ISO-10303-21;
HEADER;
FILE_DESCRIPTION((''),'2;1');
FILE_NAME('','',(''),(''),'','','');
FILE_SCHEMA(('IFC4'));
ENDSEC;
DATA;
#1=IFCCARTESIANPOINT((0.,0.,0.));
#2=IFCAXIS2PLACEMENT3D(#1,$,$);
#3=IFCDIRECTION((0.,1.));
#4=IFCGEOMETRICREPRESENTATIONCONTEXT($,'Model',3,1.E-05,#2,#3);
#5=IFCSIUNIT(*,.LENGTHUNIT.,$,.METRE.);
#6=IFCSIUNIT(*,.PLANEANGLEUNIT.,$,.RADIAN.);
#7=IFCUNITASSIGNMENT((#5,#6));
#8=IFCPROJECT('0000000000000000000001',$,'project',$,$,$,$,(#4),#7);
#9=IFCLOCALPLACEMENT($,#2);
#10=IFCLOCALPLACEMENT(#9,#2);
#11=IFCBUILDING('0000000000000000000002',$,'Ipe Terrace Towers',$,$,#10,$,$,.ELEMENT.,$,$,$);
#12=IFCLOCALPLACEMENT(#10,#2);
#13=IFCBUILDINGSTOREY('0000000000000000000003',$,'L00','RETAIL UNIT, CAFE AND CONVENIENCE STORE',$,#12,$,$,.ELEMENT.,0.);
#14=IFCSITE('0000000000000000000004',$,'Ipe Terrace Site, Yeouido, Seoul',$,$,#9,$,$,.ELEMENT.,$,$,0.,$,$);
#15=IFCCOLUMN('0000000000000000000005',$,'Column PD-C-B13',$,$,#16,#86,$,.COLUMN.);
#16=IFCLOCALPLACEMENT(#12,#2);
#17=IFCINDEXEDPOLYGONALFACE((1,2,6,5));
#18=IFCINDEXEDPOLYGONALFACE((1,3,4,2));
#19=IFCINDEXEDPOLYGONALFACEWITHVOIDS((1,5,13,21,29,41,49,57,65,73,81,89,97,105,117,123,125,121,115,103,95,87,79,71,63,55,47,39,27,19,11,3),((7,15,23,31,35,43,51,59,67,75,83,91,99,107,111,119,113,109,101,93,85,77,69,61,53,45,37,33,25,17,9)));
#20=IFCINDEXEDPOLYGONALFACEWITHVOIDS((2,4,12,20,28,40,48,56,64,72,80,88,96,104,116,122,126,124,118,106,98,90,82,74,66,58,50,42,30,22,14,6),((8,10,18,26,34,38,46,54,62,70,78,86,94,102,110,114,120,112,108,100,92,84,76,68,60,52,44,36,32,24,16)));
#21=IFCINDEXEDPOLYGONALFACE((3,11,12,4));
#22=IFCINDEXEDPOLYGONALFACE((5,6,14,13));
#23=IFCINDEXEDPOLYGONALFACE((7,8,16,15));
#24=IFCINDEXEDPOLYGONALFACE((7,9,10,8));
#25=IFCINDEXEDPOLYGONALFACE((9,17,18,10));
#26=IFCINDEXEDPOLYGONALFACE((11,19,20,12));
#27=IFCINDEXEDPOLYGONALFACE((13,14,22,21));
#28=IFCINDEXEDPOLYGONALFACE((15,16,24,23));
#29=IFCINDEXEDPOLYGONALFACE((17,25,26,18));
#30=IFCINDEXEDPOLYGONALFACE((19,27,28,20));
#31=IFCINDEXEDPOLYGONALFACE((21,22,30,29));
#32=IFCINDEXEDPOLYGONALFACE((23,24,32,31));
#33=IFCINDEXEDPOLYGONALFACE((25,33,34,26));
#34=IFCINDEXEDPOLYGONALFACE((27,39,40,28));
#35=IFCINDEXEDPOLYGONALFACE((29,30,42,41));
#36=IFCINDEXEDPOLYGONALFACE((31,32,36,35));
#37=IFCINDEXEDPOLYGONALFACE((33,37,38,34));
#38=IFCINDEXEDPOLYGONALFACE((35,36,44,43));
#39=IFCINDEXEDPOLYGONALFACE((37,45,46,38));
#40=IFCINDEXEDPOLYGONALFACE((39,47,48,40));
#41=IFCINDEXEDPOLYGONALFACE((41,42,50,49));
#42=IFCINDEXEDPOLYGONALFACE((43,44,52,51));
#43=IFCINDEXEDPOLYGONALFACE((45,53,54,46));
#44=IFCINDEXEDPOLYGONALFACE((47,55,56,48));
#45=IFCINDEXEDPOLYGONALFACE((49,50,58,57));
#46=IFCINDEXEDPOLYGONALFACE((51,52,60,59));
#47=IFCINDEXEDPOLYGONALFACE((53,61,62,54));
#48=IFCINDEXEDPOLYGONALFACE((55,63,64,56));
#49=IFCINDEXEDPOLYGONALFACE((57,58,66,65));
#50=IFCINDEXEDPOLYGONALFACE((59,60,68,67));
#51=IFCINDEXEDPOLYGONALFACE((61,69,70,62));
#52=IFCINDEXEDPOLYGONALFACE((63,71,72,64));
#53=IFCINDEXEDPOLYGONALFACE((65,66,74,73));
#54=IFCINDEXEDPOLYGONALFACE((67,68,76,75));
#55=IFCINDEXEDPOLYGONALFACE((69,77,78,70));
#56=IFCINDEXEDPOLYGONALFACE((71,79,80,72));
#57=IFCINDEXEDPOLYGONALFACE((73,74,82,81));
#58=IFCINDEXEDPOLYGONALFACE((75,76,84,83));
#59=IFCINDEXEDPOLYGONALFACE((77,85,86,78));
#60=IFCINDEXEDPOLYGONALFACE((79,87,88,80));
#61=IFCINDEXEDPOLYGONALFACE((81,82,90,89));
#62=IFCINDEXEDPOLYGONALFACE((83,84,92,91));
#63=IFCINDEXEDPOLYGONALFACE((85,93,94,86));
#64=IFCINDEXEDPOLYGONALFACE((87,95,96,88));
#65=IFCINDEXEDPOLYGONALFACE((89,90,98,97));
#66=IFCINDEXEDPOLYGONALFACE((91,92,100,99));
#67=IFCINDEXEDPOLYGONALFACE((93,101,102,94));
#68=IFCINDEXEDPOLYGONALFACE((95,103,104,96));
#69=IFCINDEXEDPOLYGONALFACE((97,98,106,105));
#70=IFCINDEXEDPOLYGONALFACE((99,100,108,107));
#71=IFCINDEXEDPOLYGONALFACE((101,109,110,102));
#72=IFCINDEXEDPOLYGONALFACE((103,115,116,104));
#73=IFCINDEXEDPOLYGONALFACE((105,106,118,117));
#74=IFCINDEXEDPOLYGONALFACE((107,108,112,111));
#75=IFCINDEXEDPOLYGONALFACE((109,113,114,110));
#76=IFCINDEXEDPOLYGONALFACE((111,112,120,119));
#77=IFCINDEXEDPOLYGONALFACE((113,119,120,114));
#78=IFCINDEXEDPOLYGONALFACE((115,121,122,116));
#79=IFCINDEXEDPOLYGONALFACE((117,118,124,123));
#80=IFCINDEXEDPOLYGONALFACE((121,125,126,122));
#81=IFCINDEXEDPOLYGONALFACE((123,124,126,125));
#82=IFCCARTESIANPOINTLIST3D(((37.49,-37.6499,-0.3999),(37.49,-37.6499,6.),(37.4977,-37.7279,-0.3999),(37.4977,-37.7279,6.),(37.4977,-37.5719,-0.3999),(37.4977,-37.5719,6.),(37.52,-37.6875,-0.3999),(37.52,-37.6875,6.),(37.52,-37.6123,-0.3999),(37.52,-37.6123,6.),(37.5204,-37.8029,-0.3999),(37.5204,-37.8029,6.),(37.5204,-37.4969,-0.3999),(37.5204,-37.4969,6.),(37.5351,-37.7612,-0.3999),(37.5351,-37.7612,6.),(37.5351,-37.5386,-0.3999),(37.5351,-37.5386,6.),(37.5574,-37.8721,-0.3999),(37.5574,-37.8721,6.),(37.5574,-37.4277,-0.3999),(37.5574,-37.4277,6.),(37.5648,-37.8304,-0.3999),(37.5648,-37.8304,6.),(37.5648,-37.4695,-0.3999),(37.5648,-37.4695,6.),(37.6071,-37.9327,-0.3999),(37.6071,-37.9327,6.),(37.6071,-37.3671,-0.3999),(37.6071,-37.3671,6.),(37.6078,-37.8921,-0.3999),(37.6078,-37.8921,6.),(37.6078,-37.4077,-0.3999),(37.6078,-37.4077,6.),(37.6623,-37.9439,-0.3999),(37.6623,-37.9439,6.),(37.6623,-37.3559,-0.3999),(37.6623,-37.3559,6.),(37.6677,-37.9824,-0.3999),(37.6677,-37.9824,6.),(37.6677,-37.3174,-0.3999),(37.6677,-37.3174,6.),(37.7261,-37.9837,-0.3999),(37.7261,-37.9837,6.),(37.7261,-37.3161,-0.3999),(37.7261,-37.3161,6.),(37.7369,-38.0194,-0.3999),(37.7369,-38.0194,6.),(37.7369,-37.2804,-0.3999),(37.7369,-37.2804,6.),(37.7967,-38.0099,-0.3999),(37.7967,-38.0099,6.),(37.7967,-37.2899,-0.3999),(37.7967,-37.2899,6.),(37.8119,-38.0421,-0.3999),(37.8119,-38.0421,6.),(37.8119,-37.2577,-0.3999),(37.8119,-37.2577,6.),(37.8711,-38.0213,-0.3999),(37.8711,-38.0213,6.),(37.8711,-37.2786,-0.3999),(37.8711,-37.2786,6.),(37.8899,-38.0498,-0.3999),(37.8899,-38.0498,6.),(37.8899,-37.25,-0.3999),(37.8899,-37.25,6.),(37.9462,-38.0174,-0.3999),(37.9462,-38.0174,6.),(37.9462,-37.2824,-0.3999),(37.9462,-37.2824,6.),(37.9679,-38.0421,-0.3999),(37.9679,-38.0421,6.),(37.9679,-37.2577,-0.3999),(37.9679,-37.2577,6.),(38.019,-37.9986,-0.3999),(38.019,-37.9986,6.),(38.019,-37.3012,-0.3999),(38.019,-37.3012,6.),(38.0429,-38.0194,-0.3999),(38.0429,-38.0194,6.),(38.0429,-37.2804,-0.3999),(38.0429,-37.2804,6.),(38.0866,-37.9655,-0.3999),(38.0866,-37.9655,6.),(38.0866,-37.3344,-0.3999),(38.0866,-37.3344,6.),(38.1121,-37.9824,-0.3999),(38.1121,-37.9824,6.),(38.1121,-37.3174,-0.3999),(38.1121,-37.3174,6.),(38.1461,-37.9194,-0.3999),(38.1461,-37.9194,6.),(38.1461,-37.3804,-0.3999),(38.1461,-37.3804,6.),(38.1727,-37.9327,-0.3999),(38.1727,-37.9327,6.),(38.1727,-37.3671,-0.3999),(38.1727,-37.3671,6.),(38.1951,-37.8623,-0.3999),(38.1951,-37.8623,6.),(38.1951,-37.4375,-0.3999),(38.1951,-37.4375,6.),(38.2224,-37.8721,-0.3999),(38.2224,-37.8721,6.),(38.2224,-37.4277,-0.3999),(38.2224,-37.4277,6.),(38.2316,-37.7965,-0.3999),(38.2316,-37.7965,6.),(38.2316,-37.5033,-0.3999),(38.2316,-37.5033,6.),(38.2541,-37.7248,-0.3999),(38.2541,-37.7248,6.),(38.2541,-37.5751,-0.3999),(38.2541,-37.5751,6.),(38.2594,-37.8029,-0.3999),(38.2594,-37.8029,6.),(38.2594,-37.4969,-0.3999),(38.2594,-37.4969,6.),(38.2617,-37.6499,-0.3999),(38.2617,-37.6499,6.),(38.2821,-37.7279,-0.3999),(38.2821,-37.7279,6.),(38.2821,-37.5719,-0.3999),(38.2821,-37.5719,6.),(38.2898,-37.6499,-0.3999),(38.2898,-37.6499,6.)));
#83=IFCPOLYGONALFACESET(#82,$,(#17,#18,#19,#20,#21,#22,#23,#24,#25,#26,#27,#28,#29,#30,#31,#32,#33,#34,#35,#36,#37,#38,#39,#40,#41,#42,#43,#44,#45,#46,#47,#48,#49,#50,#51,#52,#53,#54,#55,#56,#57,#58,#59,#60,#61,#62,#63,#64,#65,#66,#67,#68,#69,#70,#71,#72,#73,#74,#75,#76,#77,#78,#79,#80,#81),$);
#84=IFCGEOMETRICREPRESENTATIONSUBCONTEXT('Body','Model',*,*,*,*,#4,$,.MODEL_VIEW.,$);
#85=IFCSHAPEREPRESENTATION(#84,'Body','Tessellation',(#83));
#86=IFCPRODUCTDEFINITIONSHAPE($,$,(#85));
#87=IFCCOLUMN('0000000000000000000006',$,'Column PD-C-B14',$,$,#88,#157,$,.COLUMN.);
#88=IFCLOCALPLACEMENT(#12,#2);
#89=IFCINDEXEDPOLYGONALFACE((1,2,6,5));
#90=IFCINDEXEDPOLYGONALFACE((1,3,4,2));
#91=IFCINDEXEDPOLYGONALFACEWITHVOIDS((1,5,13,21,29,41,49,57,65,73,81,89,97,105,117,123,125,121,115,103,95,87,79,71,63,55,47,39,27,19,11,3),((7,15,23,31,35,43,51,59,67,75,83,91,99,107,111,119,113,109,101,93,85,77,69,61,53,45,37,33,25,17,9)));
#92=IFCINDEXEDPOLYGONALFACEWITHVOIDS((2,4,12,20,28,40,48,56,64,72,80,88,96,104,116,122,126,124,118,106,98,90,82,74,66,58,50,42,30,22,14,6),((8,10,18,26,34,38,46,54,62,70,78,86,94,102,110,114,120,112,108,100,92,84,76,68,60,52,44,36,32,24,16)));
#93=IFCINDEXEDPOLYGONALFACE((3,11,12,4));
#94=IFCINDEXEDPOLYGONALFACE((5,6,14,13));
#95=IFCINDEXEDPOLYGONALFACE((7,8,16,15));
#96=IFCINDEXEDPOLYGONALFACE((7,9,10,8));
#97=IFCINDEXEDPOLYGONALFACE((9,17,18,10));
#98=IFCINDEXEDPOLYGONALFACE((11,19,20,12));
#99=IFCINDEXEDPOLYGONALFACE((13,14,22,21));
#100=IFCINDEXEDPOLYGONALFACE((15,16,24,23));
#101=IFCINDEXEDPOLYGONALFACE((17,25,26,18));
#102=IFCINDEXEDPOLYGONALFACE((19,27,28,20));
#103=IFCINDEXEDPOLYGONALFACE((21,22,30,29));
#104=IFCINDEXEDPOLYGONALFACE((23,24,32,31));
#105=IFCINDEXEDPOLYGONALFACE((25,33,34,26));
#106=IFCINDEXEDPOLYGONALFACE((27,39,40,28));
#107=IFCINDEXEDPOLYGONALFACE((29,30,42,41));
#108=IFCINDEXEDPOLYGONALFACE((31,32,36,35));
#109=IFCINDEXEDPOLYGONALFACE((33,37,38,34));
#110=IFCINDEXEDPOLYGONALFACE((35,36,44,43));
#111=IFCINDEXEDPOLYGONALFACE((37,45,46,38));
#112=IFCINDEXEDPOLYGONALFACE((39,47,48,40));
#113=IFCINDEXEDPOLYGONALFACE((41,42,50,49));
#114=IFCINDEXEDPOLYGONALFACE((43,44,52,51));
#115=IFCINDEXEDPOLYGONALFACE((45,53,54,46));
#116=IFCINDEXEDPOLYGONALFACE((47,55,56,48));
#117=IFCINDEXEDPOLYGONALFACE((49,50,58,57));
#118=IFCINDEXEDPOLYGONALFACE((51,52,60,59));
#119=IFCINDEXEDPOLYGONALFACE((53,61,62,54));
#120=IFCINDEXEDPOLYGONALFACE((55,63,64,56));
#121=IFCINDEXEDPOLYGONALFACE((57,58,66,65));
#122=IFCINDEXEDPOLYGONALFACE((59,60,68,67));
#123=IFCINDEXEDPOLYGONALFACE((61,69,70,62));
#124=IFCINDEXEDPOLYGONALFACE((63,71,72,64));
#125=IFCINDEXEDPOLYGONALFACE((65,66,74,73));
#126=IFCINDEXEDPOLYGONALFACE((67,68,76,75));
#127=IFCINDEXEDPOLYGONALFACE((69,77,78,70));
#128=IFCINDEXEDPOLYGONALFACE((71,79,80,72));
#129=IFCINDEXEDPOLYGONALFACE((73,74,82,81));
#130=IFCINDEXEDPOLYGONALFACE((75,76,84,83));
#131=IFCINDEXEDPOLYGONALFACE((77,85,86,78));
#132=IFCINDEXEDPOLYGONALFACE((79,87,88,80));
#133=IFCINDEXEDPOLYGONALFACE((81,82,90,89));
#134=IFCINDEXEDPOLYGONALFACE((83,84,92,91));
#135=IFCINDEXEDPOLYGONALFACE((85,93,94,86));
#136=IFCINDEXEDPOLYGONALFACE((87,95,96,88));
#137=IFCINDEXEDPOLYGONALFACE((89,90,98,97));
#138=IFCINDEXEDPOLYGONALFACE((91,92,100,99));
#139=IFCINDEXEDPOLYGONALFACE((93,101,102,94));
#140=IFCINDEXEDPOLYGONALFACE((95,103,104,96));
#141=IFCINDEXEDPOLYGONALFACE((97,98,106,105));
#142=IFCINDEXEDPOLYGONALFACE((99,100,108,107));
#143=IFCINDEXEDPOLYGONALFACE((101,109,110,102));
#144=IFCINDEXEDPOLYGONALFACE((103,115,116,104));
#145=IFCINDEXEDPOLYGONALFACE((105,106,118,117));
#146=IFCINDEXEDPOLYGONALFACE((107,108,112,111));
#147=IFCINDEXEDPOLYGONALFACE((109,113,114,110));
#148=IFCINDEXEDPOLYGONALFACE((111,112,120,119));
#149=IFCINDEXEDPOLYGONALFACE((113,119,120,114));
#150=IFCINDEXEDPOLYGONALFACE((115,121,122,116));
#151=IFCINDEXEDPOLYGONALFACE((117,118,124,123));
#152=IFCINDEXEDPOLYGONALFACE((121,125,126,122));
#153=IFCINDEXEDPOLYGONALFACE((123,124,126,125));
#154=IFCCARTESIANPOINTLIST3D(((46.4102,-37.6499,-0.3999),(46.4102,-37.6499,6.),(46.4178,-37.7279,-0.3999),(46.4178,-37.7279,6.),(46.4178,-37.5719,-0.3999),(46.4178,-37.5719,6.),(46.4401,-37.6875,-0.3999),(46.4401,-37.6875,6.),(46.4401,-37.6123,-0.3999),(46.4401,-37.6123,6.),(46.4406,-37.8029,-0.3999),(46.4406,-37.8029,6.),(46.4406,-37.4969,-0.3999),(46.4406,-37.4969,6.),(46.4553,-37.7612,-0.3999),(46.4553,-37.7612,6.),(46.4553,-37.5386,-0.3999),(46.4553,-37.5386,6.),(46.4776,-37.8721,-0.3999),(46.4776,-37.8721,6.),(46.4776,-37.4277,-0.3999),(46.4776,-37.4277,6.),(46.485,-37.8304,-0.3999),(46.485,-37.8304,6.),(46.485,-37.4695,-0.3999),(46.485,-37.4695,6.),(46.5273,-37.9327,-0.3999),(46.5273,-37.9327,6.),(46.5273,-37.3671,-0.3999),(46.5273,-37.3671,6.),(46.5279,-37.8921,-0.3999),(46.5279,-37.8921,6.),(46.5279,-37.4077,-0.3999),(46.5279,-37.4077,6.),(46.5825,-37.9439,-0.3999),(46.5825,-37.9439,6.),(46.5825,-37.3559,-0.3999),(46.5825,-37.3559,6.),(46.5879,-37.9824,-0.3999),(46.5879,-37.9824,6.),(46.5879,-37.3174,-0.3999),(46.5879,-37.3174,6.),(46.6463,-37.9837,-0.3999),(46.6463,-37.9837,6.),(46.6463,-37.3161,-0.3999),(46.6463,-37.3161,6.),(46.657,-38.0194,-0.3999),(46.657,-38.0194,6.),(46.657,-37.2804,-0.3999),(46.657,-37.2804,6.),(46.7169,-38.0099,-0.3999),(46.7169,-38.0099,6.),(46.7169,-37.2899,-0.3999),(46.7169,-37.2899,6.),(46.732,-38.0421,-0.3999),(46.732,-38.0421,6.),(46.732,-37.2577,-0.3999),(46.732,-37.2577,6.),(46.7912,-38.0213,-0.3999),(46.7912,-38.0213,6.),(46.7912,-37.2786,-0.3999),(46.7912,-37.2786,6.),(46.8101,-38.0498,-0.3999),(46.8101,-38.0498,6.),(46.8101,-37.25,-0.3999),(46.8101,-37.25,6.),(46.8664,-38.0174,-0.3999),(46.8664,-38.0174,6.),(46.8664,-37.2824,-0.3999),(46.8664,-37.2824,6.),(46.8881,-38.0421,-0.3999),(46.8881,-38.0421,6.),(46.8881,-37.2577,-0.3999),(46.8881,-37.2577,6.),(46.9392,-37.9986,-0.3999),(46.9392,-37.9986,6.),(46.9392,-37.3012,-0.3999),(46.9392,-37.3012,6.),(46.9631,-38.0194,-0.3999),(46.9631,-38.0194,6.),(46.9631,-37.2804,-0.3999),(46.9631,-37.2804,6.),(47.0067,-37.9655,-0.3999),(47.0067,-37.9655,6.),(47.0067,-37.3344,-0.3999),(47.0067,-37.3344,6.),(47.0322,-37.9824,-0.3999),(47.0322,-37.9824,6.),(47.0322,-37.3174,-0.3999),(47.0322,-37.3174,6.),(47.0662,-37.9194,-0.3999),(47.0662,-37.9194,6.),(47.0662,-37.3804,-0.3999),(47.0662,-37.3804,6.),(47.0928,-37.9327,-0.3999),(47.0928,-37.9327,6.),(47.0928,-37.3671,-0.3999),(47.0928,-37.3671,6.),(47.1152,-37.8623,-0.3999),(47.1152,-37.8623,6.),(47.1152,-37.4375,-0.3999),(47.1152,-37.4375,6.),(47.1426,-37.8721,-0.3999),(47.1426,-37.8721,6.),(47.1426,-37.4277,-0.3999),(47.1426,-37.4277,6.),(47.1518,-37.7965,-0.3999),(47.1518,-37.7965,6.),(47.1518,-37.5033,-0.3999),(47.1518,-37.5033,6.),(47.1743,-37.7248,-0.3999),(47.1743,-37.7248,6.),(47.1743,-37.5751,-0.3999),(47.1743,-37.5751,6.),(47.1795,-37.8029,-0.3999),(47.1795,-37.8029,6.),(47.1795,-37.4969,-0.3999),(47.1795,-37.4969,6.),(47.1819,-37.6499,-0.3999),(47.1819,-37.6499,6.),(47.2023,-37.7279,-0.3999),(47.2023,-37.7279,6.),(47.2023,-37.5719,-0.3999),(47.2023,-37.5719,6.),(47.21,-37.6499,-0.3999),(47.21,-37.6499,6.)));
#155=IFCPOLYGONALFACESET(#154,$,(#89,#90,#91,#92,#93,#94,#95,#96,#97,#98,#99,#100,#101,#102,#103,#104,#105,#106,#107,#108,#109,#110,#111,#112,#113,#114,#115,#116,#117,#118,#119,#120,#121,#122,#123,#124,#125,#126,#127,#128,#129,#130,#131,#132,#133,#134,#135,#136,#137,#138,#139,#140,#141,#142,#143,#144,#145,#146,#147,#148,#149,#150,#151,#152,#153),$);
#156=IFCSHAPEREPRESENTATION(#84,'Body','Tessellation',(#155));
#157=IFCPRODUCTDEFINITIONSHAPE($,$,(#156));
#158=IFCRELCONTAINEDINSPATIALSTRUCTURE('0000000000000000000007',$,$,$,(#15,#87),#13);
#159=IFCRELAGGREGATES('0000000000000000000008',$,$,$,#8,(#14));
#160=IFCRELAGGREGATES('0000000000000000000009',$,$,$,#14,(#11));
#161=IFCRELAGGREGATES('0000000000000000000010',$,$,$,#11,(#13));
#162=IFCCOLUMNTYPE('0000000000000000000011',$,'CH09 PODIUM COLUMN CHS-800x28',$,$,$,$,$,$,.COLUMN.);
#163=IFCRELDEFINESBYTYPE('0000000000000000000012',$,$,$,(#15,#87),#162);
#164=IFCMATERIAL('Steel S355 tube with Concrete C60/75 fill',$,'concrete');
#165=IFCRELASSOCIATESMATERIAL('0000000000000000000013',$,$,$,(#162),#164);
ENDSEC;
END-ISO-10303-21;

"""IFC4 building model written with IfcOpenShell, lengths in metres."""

from ifc_helpers import new_model, si_unit, direction, frame, origin, origin_2d, place, context, subcontext, project, spatial, hollow_circle, extrude, material, material_profile, profile_set, type_object, element, save


model = new_model("IFC4")

# Units and contexts
model_context = context("Model", 3, precision=1e-05, world=origin(), true_north=direction((0.0, 1.0)))
body_context = subcontext(model_context, "Body", "Model", "MODEL_VIEW")
ifc_project = project(units=[si_unit("LENGTHUNIT", "METRE"), si_unit("PLANEANGLEUNIT", "RADIAN")], contexts=[model_context])

# Site, building, storey
site_placement = place(None, origin())
site = spatial("IfcSite", under=ifc_project, at=site_placement, Name="Ipe Terrace Site, Yeouido, Seoul", CompositionType="ELEMENT", RefElevation=0.0)
building_placement = place(site_placement, origin())
building = spatial("IfcBuilding", under=site, at=building_placement, Name="Ipe Terrace Towers", CompositionType="ELEMENT")
storey_placement = place(building_placement, origin())
storey = spatial("IfcBuildingStorey", under=building, at=storey_placement, Name="L00", Description="RETAIL UNIT, CAFE AND CONVENIENCE STORE", CompositionType="ELEMENT", Elevation=0.0)

# Columns
ifc_material_1 = material(Name="Steel S355 tube with Concrete C60/75 fill", Category="concrete")
ifc_material_profile_1 = material_profile(ifc_material_1, hollow_circle(Radius=0.3999, WallThickness=0.0281, at=origin_2d()), Name="CHS-800x28")
ifc_profile_set_1 = profile_set([ifc_material_profile_1], Name="Steel S355 tube with Concrete C60/75 fill")
column_type = type_object("IfcColumnType", Name="CH09 PODIUM COLUMN CHS-800x28", PredefinedType="COLUMN", material=ifc_profile_set_1)
for number, where, z_axis, x_axis, name in (
    (1, (37.8899, -37.6499, -0.3999), (0.0, 0.0, 1.0), (1.0, 0.0, 0.0), "Column PD-C-B13"),
    (2, (46.8101, -37.6499, -0.3999), (0.0, 0.0, 1.0), (1.0, 0.0, 0.0), "Column PD-C-B14"),
):
    element("IfcColumn", number, at=place(storey_placement, frame(where, z_axis=z_axis, x_axis=x_axis)), inside=storey, type_object=column_type, Name=name, PredefinedType="COLUMN", context=body_context, shape_type="SweptSolid", body=[
        extrude(hollow_circle(Radius=0.3999, WallThickness=0.0281, at=origin_2d()), origin(), (0.0, 0.0, 1.0), 6.3999),
    ])

save(model, "model.ifc")
